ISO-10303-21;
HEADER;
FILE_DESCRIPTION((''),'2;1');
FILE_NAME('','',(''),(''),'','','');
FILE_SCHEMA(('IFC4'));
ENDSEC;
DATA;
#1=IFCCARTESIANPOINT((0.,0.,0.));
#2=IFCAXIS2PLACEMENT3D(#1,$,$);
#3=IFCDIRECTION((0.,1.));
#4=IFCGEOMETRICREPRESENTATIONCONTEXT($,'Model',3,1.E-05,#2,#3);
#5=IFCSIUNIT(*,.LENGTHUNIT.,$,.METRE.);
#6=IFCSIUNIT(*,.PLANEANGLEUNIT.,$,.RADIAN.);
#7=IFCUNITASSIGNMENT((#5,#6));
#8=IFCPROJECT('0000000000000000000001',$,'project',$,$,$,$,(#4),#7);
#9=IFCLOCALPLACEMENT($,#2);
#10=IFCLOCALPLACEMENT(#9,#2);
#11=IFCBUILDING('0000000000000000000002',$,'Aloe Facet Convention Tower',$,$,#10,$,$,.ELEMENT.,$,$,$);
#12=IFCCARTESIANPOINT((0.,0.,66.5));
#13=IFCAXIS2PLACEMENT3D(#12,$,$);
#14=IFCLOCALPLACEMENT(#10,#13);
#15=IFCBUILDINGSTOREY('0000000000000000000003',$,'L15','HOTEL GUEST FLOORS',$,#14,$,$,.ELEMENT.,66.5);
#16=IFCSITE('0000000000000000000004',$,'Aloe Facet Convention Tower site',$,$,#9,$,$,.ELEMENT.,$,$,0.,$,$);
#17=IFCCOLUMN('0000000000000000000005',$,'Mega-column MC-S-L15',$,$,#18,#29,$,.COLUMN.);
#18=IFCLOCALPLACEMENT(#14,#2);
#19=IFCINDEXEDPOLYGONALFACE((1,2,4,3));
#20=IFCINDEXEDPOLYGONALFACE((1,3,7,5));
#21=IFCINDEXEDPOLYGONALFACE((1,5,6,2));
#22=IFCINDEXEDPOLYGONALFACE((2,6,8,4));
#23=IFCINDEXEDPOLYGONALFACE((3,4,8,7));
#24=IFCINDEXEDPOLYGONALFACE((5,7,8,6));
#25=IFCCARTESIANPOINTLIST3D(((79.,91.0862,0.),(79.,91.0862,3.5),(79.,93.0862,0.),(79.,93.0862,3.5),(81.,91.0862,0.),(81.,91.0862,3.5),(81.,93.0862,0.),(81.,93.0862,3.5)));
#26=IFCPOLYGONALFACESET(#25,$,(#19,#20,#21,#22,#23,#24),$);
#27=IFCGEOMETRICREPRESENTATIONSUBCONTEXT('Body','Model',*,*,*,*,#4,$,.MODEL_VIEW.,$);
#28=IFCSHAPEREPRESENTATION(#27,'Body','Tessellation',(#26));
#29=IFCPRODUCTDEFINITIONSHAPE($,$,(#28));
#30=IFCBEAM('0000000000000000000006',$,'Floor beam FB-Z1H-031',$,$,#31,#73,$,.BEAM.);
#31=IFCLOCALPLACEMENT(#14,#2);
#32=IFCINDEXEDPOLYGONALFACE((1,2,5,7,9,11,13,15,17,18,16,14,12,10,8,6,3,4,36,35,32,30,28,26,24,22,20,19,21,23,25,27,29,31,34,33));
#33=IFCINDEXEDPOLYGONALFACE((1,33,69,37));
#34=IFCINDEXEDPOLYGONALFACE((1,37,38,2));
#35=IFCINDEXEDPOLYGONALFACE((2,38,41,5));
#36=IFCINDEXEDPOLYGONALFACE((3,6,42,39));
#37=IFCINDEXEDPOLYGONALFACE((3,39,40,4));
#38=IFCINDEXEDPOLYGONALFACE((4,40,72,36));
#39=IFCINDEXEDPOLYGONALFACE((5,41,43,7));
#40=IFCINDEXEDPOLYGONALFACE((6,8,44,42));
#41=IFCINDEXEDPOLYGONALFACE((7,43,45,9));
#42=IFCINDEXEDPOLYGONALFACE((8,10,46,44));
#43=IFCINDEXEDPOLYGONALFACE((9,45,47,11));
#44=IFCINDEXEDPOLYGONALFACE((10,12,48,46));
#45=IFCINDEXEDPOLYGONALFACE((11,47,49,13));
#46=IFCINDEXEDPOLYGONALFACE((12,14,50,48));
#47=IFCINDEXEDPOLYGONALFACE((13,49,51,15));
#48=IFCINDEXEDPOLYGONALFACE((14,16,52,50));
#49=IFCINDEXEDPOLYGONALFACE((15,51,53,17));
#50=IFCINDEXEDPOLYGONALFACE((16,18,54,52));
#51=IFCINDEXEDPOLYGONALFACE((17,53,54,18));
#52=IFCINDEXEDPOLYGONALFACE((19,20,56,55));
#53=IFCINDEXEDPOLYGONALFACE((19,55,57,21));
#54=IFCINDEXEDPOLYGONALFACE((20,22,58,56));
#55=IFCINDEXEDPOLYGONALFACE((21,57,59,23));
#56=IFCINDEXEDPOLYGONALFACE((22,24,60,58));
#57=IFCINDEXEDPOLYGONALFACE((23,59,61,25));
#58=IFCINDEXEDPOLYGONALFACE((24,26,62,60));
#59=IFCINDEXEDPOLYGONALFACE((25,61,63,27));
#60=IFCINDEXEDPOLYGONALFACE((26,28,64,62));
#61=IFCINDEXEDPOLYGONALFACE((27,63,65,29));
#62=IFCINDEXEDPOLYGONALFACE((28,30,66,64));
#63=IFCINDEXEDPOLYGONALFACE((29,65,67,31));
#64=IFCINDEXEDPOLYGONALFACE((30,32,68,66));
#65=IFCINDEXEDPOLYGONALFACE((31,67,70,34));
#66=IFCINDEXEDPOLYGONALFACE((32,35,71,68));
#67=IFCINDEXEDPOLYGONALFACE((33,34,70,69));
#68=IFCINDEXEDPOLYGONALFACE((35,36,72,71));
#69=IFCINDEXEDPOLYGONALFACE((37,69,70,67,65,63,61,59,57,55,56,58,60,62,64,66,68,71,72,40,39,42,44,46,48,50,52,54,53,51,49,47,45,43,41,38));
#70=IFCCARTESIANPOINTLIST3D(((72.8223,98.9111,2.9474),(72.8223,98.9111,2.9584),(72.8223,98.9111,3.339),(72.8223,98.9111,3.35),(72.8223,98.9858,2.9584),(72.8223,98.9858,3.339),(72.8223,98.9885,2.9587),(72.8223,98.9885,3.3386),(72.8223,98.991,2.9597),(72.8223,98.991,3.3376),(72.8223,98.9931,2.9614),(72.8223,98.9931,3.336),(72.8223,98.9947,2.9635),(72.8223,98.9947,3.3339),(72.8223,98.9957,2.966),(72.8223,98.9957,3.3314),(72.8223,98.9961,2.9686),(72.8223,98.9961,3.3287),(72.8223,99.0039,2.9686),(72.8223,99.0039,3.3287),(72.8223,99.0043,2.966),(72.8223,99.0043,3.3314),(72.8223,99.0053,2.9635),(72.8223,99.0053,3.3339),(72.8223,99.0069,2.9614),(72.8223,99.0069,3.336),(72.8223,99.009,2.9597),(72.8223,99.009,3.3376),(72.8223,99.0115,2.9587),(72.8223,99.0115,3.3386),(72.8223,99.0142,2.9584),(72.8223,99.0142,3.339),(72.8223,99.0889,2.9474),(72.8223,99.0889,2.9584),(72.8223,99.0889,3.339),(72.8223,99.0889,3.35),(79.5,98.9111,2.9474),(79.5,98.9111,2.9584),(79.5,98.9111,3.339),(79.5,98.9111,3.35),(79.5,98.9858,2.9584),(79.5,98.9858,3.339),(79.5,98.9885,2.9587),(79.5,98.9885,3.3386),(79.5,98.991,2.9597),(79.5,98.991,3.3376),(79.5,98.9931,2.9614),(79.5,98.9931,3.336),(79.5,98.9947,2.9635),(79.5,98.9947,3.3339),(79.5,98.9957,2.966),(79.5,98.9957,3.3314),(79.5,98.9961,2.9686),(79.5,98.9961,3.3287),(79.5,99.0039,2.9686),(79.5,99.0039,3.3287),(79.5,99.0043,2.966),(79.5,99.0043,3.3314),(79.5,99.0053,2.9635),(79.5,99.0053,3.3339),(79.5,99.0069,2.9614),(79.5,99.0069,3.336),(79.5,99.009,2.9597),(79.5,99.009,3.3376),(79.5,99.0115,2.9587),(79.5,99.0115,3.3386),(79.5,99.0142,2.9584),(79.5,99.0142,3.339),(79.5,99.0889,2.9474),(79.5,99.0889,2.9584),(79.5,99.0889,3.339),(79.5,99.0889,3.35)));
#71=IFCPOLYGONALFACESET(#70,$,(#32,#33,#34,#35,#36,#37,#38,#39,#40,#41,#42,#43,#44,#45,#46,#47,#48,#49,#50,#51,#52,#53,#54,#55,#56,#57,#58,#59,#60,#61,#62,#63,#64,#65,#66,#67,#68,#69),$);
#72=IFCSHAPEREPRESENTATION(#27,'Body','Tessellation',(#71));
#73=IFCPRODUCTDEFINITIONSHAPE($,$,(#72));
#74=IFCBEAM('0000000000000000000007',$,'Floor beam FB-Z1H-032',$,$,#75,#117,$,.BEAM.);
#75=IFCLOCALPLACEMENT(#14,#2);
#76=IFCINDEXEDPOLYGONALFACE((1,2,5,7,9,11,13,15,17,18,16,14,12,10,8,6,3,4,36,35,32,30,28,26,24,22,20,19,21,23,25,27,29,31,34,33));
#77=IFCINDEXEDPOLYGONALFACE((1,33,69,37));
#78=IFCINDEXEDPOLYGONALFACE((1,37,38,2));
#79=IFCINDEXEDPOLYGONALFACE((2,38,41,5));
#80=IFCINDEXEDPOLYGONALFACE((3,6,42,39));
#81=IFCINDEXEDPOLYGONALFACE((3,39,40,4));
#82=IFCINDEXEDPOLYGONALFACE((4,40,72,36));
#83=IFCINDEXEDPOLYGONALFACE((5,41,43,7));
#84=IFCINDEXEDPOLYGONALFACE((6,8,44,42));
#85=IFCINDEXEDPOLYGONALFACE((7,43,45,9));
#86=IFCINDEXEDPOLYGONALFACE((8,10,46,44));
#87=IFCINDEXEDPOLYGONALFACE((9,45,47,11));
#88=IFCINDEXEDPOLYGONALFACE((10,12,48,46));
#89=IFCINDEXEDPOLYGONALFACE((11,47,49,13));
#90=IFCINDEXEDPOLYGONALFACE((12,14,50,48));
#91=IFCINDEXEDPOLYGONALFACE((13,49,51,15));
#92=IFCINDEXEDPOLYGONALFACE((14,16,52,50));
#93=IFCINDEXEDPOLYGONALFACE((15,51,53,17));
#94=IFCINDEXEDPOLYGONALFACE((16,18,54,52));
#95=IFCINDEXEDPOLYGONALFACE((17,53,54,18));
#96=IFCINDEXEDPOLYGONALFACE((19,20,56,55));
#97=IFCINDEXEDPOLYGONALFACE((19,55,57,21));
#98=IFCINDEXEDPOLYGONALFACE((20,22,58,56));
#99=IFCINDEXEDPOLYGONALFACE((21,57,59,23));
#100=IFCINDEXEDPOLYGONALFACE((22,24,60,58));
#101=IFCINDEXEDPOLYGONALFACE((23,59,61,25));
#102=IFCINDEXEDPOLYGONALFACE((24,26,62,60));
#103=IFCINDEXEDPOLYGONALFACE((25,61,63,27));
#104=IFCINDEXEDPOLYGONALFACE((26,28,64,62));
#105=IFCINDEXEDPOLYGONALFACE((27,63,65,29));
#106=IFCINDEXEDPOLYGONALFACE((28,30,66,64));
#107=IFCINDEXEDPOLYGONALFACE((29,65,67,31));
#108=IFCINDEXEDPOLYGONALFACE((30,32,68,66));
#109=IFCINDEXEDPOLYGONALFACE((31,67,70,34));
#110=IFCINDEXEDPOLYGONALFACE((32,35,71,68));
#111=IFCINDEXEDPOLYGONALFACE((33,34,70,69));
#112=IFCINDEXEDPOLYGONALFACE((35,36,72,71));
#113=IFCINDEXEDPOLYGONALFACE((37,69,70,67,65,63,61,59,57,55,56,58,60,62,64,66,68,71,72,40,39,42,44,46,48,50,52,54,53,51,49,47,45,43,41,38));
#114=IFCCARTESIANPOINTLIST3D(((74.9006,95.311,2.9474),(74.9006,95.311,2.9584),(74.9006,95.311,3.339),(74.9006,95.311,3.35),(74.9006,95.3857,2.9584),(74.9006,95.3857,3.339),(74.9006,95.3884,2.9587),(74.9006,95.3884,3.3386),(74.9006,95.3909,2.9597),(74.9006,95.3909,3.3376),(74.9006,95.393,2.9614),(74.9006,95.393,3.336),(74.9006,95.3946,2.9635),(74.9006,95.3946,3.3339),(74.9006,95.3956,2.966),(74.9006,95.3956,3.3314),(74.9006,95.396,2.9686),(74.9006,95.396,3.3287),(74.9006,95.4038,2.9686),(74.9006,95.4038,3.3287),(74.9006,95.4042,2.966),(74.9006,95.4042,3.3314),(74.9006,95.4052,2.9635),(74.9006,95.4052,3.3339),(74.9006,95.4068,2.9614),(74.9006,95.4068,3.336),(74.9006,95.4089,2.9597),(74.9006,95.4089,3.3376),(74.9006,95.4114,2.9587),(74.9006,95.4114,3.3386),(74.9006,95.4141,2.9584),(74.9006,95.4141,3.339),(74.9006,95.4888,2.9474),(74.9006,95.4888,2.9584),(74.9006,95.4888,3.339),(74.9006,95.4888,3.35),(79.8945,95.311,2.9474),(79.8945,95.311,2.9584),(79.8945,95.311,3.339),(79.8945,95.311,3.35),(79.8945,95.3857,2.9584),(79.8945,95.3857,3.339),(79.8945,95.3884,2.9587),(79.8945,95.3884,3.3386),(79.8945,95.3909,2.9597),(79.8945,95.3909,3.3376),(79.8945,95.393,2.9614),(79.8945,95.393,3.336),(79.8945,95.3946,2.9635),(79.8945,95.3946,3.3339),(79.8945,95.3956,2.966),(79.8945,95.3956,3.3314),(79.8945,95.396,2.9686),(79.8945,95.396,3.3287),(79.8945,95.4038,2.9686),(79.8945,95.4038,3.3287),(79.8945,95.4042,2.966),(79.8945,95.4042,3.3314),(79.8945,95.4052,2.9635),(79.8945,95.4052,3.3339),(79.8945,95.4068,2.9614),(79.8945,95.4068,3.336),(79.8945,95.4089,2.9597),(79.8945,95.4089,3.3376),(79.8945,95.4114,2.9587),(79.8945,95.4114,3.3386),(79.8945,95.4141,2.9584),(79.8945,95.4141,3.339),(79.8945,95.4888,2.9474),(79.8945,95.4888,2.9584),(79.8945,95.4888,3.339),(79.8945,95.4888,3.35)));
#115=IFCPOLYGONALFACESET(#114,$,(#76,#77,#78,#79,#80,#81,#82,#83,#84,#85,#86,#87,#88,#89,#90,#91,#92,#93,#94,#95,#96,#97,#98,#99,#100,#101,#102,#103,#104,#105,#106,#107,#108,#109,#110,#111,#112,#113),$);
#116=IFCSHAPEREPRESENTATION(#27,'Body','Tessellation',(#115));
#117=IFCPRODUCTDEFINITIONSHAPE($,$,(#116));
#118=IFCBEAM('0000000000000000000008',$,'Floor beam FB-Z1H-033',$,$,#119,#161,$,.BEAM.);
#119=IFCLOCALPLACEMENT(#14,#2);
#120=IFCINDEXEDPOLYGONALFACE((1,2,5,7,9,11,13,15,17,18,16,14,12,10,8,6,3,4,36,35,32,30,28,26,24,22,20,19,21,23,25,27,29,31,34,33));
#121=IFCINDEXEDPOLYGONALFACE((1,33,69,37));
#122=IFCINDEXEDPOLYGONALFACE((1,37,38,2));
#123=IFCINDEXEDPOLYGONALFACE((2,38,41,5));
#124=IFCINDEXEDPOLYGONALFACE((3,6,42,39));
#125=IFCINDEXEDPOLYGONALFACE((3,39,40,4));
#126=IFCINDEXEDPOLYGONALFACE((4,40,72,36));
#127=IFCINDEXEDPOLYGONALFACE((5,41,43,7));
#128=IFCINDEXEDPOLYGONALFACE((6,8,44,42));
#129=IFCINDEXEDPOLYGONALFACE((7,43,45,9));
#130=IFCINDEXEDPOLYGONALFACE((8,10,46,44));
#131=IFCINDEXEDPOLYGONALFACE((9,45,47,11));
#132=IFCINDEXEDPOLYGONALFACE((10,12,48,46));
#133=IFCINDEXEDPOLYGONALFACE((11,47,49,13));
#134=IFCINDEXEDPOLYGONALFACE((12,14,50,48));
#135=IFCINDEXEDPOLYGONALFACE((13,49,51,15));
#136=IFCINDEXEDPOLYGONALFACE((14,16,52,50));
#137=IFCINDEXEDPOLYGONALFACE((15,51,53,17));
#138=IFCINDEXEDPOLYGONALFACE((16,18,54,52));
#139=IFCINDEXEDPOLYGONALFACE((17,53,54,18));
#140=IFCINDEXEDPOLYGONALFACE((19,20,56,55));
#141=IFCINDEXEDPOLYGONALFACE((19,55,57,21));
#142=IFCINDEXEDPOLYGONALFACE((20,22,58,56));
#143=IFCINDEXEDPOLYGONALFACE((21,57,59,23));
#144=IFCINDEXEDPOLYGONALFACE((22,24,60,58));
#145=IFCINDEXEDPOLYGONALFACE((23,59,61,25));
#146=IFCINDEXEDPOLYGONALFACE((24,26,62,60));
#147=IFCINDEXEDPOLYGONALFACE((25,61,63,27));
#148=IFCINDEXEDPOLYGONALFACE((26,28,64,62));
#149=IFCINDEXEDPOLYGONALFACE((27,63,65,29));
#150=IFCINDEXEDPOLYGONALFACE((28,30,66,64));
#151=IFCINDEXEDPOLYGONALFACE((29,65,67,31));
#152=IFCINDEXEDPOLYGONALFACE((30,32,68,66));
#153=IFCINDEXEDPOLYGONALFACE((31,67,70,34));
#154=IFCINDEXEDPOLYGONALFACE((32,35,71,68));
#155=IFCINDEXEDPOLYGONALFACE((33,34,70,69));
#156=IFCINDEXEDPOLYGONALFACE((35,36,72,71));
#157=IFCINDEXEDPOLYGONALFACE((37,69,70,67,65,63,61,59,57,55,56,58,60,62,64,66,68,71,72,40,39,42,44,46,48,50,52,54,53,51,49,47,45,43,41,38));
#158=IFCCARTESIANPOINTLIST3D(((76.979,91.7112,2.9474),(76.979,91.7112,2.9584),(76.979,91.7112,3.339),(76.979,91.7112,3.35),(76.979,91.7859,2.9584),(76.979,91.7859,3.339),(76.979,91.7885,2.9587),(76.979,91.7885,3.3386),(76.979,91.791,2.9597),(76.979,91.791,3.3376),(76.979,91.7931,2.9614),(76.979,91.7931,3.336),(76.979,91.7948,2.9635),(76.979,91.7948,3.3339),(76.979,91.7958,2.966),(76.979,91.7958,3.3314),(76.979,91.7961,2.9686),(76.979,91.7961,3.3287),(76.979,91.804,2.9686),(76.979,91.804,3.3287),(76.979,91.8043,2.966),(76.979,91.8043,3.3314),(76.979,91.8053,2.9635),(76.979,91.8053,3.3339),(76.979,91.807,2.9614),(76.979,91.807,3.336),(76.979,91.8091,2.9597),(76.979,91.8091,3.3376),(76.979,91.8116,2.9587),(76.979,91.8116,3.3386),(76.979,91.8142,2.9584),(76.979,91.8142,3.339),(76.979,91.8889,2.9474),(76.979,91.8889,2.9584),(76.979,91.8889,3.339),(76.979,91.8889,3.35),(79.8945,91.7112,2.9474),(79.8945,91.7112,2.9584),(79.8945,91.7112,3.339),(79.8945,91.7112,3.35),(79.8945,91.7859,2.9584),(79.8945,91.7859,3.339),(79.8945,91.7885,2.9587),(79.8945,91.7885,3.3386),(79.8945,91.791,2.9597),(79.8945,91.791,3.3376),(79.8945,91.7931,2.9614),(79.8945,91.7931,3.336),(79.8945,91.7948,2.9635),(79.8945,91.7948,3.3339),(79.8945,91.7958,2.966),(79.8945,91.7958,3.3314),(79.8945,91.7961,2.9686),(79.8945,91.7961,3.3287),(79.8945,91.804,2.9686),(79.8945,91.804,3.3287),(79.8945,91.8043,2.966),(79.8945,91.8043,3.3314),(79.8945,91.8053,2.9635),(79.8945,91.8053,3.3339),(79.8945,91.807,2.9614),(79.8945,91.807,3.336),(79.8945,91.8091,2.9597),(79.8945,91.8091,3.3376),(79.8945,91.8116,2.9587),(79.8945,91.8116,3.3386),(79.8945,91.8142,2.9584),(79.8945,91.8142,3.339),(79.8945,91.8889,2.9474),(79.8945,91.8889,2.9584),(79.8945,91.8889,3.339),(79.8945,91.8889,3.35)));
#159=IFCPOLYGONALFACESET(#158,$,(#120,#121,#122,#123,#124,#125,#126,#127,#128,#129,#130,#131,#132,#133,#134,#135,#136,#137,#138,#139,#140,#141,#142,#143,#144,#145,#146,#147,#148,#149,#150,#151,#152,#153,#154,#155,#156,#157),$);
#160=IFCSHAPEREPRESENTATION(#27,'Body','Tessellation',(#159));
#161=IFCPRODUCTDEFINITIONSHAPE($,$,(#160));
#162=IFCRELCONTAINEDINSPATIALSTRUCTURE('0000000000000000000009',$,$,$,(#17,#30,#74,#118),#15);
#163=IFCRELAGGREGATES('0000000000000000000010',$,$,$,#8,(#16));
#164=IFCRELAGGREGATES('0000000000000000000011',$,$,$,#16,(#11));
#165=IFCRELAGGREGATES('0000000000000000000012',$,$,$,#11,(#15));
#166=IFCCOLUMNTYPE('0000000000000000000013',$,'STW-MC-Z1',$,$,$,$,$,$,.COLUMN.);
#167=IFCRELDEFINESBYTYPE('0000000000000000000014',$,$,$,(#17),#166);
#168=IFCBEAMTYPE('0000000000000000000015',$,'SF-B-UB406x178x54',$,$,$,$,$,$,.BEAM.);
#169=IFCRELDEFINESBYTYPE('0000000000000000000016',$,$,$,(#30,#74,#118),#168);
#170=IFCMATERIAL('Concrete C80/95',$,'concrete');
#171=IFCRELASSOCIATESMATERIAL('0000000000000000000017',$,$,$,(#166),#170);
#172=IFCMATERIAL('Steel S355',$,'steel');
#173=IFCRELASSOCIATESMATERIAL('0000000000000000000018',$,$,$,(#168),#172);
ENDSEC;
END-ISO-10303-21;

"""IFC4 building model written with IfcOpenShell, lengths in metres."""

from ifc_helpers import new_model, si_unit, direction, frame, origin, origin_2d, place, context, subcontext, project, spatial, rectangle, i_section, extrude, material, material_profile, profile_set, type_object, element, save


model = new_model("IFC4")

# Units and contexts
model_context = context("Model", 3, precision=1e-05, world=origin(), true_north=direction((0.0, 1.0)))
body_context = subcontext(model_context, "Body", "Model", "MODEL_VIEW")
ifc_project = project(units=[si_unit("LENGTHUNIT", "METRE"), si_unit("PLANEANGLEUNIT", "RADIAN")], contexts=[model_context])

# Site, building, storey
site_placement = place(None, origin())
site = spatial("IfcSite", under=ifc_project, at=site_placement, Name="Aloe Facet Convention Tower site", CompositionType="ELEMENT", RefElevation=0.0)
building_placement = place(site_placement, origin())
building = spatial("IfcBuilding", under=site, at=building_placement, Name="Aloe Facet Convention Tower", CompositionType="ELEMENT")
storey_placement = place(building_placement, frame((0.0, 0.0, 66.5)))
storey = spatial("IfcBuildingStorey", under=building, at=storey_placement, Name="L15", Description="HOTEL GUEST FLOORS", CompositionType="ELEMENT", Elevation=66.5)

# Column
ifc_material_1 = material(Name="Concrete C80/95", Category="concrete")
ifc_material_profile_1 = material_profile(ifc_material_1, rectangle(XDim=2.0, YDim=2.0, at=origin_2d()), Name="STW-MC-Z1")
ifc_profile_set_1 = profile_set([ifc_material_profile_1], Name="Concrete C80/95")
column_type = type_object("IfcColumnType", Name="STW-MC-Z1", PredefinedType="COLUMN", material=ifc_profile_set_1)
column_placement = place(storey_placement, frame((80.0, 92.0862, 0.0), z_axis=(0.0, 0.0, 1.0), x_axis=(1.0, 0.0, 0.0)))
element("IfcColumn", 1, at=column_placement, inside=storey, type_object=column_type, Name="Mega-column MC-S-L15", PredefinedType="COLUMN", context=body_context, shape_type="SweptSolid", body=[
    extrude(rectangle(XDim=2.0, YDim=2.0, at=origin_2d()), origin(), (0.0, 0.0, 1.0), 3.5),
])

# Beams
ifc_material_2 = material(Name="Steel S355", Category="steel")
ifc_material_profile_2 = material_profile(ifc_material_2, i_section(OverallWidth=0.1777, OverallDepth=0.4026, WebThickness=0.0078, FlangeThickness=0.011, FilletRadius=0.0103, at=origin_2d()), Name="UB 406x178x54")
ifc_profile_set_2 = profile_set([ifc_material_profile_2], Name="Steel S355")
beam_type_1 = type_object("IfcBeamType", Name="SF-B-UB406x178x54", PredefinedType="BEAM", material=ifc_profile_set_2)
beam_1_placement = place(storey_placement, frame((72.8223, 99.0, 3.1487), z_axis=(1.0, 0.0, 0.0), x_axis=(0.0, 1.0, 0.0)))
element("IfcBeam", 2, at=beam_1_placement, inside=storey, type_object=beam_type_1, Name="Floor beam FB-Z1H-031", PredefinedType="BEAM", context=body_context, shape_type="SweptSolid", body=[
    extrude(i_section(OverallWidth=0.1777, OverallDepth=0.4026, WebThickness=0.0078, FlangeThickness=0.011, FilletRadius=0.0103, at=origin_2d()), origin(), (0.0, 0.0, 1.0), 6.6777),
])
beam_2_placement = place(storey_placement, frame((74.9006, 95.3999, 3.1487), z_axis=(1.0, 0.0, 0.0), x_axis=(0.0, 1.0, 0.0)))
element("IfcBeam", 3, at=beam_2_placement, inside=storey, type_object=beam_type_1, Name="Floor beam FB-Z1H-032", PredefinedType="BEAM", context=body_context, shape_type="SweptSolid", body=[
    extrude(i_section(OverallWidth=0.1777, OverallDepth=0.4026, WebThickness=0.0078, FlangeThickness=0.011, FilletRadius=0.0103, at=origin_2d()), origin(), (0.0, 0.0, 1.0), 4.9939),
])
for number, where, z_axis, x_axis, name in (
    (4, (76.979, 91.8, 3.1487), (1.0, 0.0, 0.0), (0.0, 1.0, 0.0), "Floor beam FB-Z1H-033"),
):
    element("IfcBeam", number, at=place(storey_placement, frame(where, z_axis=z_axis, x_axis=x_axis)), inside=storey, type_object=beam_type_1, Name=name, PredefinedType="BEAM", context=body_context, shape_type="SweptSolid", body=[
        extrude(i_section(OverallWidth=0.1777, OverallDepth=0.4026, WebThickness=0.0078, FlangeThickness=0.011, FilletRadius=0.0103, at=origin_2d()), origin(), (0.0, 0.0, 1.0), 2.9155),
    ])

save(model, "model.ifc")
